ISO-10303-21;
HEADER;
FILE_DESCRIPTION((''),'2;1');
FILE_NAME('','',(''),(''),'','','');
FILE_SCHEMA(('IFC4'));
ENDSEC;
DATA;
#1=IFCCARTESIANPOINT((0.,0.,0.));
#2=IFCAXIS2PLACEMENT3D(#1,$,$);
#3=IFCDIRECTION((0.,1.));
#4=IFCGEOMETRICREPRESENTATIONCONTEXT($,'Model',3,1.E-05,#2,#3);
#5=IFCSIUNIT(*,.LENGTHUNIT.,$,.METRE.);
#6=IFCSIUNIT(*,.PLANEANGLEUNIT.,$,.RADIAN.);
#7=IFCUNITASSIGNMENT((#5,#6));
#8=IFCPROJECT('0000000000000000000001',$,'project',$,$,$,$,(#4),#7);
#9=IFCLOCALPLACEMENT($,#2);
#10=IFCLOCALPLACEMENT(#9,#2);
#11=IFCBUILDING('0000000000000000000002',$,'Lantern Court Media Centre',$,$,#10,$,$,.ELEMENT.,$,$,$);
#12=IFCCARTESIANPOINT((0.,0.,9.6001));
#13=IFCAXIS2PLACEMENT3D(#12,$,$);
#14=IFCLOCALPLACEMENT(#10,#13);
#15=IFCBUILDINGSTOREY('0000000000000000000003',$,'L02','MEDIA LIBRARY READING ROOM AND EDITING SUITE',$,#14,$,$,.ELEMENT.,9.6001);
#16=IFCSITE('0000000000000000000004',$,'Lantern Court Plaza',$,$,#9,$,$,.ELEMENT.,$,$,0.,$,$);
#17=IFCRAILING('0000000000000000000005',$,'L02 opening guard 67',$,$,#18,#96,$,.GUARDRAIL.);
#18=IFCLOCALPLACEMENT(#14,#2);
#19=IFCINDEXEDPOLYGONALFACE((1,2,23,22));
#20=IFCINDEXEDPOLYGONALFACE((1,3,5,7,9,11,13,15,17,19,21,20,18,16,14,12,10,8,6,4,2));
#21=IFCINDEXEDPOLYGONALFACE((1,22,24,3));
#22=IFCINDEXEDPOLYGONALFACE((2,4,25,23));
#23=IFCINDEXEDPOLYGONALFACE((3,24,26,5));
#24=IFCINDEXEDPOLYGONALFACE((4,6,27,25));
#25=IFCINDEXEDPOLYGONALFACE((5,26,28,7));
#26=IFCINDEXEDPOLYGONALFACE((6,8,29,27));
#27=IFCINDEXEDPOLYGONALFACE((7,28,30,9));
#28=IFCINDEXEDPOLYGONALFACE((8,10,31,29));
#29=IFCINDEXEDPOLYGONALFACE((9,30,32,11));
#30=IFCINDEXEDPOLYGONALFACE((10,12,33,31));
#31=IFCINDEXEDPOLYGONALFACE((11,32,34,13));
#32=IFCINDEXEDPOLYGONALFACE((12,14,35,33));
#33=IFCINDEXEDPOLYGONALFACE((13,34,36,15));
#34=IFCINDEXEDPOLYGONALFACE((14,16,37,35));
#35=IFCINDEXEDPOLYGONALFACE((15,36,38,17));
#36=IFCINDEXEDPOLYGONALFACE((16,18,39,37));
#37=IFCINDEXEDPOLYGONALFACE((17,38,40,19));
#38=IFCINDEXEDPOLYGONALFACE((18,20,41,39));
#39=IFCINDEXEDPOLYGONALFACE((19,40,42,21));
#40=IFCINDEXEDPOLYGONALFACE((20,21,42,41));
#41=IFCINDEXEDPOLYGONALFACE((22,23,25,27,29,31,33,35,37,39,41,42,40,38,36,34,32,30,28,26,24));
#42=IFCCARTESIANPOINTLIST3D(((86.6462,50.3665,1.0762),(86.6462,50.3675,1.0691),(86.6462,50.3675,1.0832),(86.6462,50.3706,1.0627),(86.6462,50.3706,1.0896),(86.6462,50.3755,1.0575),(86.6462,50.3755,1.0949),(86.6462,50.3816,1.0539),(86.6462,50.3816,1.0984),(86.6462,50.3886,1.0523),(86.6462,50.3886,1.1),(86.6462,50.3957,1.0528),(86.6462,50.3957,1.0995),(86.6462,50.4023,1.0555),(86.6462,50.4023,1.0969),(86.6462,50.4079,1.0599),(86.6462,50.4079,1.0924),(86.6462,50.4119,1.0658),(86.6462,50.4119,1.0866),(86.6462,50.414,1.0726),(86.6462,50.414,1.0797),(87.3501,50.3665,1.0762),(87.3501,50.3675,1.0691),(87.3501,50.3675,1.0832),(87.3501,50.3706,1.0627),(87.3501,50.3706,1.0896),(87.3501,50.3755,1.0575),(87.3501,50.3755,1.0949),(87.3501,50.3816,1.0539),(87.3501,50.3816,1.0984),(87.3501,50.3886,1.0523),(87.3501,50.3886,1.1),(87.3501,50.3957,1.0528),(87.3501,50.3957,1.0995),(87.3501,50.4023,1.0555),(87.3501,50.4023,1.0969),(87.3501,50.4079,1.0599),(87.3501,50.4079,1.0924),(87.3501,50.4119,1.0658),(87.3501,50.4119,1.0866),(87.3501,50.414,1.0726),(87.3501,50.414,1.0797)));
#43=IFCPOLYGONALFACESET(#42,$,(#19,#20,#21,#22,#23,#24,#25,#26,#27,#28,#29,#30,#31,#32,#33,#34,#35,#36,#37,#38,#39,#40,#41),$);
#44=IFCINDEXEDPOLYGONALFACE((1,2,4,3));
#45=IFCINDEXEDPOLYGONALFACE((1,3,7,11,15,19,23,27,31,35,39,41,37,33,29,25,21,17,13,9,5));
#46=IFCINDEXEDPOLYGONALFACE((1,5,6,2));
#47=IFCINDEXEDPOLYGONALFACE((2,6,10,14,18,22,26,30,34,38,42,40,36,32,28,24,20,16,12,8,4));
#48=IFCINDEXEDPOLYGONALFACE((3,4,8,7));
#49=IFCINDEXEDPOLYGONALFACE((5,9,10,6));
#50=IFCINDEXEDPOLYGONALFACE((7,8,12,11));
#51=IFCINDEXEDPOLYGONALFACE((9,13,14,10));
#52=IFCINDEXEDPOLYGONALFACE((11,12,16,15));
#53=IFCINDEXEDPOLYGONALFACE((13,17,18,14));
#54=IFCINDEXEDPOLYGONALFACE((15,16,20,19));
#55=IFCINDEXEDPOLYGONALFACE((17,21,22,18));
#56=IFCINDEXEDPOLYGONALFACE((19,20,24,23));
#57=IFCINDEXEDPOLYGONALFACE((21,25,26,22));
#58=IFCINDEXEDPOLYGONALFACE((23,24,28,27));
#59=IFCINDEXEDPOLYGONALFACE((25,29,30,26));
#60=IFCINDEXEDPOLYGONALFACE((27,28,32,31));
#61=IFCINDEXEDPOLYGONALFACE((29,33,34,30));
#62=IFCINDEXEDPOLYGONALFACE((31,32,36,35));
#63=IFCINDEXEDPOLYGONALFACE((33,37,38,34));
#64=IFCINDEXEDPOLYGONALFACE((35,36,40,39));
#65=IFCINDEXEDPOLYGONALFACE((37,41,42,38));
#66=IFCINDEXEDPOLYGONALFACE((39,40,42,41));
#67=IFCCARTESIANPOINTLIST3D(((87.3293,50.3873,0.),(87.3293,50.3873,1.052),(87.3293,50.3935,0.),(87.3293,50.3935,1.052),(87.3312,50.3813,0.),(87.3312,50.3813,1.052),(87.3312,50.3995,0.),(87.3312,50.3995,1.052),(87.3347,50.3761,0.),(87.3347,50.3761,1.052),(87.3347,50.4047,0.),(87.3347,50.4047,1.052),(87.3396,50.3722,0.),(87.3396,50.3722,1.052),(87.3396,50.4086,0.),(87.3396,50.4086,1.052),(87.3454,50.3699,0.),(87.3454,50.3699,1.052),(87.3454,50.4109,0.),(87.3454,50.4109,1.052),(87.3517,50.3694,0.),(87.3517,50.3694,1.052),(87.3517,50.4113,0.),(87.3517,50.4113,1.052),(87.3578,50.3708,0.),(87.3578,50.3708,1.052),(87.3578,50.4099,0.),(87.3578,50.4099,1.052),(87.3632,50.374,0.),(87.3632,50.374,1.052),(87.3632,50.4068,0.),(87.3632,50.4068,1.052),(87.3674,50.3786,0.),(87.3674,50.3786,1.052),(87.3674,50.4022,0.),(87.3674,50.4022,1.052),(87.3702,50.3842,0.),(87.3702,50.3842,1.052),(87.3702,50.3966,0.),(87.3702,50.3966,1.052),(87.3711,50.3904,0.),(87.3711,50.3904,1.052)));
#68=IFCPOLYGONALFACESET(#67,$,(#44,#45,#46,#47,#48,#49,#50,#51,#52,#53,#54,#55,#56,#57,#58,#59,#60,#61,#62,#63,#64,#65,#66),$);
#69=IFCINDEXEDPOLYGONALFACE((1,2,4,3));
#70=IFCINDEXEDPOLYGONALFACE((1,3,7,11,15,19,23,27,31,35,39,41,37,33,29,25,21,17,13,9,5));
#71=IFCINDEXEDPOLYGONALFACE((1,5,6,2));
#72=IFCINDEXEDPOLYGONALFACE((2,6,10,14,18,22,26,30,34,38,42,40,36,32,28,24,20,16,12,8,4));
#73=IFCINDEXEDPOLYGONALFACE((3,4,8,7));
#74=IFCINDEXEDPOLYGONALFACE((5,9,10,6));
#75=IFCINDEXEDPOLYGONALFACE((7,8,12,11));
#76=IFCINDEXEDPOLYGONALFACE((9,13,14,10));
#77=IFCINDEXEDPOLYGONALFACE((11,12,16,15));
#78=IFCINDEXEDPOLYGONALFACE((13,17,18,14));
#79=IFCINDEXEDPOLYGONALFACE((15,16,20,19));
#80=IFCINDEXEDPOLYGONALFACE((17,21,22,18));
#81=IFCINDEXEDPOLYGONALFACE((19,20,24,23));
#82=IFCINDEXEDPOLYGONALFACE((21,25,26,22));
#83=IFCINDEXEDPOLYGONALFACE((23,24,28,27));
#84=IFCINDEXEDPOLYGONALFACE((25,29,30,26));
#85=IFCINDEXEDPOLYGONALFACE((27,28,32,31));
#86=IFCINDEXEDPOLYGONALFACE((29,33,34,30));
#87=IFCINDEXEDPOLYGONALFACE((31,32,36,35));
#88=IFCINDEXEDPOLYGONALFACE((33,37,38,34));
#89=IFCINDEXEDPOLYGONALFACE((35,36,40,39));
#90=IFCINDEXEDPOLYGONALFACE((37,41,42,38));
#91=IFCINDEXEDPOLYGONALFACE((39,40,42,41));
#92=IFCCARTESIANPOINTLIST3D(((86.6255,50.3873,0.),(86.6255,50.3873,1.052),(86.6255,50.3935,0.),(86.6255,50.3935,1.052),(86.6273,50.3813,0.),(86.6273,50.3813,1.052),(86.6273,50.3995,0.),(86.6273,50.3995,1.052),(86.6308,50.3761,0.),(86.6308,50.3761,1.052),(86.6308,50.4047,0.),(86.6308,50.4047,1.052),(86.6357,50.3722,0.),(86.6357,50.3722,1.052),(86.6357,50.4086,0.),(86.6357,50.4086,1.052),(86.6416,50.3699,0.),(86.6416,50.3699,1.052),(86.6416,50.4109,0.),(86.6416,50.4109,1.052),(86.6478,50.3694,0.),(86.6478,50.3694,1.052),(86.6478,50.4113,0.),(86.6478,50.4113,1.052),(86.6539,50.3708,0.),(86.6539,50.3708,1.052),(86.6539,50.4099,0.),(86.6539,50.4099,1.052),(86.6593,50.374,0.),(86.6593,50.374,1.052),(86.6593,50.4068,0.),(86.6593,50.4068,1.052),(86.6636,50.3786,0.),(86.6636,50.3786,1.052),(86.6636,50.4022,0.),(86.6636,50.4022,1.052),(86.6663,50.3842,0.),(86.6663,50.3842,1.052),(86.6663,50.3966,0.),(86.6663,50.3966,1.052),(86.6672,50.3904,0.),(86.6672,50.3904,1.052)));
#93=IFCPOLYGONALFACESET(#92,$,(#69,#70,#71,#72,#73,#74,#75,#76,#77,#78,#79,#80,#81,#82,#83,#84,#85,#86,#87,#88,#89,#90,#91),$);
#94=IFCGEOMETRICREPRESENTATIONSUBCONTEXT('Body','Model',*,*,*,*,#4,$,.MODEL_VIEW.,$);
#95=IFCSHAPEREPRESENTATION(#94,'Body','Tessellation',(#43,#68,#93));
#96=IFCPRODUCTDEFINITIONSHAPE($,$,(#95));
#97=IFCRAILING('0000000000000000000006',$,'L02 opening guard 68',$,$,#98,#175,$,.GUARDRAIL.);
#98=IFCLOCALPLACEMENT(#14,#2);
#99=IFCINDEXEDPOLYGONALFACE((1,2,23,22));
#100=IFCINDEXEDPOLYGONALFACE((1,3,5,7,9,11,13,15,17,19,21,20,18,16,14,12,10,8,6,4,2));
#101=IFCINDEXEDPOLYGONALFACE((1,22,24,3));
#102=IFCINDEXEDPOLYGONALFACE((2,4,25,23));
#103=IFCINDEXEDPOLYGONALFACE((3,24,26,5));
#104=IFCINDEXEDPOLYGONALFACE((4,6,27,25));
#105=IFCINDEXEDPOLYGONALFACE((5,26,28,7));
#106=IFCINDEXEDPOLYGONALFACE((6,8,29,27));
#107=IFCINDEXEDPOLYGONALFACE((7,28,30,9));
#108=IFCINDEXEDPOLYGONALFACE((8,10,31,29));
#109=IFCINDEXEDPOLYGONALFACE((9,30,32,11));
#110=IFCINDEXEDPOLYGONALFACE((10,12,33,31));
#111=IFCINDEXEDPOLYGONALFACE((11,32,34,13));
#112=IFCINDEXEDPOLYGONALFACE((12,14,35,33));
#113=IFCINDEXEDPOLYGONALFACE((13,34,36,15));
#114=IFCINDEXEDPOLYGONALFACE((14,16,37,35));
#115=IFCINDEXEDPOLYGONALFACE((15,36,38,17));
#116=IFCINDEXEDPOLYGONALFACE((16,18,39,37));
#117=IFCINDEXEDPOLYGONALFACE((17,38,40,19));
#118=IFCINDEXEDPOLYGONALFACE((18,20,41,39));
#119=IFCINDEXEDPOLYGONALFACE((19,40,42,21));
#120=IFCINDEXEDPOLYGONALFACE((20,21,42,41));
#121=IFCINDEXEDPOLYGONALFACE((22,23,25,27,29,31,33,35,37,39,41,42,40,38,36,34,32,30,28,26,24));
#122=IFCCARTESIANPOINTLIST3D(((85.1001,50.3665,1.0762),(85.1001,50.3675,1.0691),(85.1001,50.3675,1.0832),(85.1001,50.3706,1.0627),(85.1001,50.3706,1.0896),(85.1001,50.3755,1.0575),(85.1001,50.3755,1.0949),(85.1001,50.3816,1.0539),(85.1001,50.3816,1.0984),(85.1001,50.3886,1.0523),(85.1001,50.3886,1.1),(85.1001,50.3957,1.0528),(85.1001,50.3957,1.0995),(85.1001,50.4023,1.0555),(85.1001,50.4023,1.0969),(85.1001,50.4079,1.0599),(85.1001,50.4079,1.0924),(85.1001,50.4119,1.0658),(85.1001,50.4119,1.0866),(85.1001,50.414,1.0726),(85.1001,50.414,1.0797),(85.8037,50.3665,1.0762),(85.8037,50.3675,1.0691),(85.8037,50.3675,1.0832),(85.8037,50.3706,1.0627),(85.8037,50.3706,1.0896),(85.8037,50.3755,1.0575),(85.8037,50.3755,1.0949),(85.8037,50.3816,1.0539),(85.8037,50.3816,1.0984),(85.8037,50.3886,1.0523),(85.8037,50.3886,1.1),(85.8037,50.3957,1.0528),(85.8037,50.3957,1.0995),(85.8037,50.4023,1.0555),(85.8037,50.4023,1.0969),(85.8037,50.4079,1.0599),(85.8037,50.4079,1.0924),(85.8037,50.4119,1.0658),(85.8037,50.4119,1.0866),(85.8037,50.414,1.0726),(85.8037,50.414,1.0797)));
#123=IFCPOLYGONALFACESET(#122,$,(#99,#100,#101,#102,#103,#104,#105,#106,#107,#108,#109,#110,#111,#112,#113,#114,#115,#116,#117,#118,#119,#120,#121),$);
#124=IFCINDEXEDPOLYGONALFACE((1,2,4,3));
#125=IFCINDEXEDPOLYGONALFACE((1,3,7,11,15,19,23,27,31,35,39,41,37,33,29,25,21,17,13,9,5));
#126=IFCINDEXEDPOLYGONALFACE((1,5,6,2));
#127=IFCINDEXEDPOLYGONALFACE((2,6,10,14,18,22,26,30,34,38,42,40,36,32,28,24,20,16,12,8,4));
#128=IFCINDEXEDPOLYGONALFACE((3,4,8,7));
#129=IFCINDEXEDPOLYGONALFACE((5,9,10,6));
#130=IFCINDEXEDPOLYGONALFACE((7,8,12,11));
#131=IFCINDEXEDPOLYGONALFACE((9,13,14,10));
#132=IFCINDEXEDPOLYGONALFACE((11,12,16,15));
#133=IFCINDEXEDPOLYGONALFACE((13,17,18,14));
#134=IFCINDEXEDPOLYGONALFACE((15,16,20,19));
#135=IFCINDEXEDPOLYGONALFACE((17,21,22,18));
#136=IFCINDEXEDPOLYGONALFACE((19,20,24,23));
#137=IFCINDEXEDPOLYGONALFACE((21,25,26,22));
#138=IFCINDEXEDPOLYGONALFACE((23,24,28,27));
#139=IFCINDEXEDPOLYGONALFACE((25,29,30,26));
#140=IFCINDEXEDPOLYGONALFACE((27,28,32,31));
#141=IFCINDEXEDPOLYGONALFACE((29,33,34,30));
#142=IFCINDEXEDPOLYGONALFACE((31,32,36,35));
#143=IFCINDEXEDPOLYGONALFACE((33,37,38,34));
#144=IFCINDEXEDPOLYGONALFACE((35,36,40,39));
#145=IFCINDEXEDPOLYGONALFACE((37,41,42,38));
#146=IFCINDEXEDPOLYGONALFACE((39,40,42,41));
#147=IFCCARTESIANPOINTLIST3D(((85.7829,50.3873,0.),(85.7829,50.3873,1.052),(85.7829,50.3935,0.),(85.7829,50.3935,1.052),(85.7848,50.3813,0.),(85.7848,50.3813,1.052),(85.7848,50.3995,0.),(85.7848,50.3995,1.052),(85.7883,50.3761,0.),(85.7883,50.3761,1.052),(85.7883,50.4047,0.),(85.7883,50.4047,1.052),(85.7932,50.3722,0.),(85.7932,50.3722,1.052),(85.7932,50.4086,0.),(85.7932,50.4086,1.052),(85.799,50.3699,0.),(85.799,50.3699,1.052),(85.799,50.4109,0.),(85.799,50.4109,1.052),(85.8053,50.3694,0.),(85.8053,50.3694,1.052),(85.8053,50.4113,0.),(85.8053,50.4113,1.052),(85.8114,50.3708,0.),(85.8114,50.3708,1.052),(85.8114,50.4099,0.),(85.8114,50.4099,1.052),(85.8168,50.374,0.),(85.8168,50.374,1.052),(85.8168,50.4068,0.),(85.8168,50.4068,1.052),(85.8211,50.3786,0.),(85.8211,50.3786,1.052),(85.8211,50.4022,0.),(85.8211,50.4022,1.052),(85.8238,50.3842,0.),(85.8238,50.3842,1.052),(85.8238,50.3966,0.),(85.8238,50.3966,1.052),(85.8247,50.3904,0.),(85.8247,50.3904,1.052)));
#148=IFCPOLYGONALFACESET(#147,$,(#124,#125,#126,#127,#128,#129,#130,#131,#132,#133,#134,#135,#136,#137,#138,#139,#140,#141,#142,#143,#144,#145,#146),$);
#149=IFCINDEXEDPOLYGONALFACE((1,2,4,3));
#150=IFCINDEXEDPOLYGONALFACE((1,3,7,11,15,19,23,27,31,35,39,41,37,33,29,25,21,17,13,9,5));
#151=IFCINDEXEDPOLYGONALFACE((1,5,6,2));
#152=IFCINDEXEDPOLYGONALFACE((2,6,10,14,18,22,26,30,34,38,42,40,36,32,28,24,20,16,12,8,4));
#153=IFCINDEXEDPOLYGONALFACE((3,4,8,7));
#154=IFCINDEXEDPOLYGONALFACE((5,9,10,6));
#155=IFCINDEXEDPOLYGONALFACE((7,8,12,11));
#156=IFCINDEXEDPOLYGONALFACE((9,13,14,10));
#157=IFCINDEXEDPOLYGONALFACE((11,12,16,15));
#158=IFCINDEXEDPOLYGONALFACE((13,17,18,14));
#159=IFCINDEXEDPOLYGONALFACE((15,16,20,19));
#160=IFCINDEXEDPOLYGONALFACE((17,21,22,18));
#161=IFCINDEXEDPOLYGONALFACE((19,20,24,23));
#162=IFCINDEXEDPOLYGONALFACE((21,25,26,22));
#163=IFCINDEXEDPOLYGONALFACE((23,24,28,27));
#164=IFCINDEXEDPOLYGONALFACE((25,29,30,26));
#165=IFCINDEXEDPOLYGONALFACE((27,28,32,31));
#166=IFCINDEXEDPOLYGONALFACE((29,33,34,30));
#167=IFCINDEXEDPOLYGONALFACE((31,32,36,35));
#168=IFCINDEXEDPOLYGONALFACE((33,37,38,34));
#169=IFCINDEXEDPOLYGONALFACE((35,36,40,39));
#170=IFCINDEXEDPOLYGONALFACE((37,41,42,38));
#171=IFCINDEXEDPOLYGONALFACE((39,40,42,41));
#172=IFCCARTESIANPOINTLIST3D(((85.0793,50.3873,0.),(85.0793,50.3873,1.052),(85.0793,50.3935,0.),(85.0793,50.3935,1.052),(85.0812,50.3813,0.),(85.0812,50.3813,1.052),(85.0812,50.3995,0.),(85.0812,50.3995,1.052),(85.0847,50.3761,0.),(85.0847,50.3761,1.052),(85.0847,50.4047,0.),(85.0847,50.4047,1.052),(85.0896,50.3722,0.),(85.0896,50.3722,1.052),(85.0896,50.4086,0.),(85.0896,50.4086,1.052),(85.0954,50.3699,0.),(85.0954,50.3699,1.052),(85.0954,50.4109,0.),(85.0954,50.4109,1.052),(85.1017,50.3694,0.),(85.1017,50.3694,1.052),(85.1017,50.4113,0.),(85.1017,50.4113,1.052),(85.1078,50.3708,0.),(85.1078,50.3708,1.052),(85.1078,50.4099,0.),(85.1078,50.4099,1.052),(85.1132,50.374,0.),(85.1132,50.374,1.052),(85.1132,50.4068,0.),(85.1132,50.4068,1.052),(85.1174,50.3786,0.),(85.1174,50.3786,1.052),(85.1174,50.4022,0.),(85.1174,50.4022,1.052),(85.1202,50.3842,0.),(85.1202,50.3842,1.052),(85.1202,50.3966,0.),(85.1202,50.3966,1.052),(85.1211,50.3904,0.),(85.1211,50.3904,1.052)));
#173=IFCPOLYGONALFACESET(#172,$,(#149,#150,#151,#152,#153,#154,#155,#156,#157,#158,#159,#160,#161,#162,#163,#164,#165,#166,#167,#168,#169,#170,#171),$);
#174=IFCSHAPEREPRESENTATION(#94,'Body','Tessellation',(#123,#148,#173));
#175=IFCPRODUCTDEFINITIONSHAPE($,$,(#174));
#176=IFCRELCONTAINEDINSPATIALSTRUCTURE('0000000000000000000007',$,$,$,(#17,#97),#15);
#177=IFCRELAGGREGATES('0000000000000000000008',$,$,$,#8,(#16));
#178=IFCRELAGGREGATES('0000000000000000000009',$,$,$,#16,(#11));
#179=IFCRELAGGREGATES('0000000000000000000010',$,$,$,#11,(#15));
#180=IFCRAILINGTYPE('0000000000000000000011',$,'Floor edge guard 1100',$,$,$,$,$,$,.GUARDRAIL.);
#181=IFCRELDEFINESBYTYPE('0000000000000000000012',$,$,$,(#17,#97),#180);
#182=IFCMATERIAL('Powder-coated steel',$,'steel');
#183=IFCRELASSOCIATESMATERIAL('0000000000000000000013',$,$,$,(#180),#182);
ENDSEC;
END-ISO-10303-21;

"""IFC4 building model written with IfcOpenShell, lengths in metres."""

from ifc_helpers import new_model, si_unit, direction, frame, origin, origin_2d, place, context, subcontext, project, spatial, circle, extrude, material, type_object, element, save


model = new_model("IFC4")

# Units and contexts
model_context = context("Model", 3, precision=1e-05, world=origin(), true_north=direction((0.0, 1.0)))
body_context = subcontext(model_context, "Body", "Model", "MODEL_VIEW")
ifc_project = project(units=[si_unit("LENGTHUNIT", "METRE"), si_unit("PLANEANGLEUNIT", "RADIAN")], contexts=[model_context])

# Site, building, storey
site_placement = place(None, origin())
site = spatial("IfcSite", under=ifc_project, at=site_placement, Name="Lantern Court Plaza", CompositionType="ELEMENT", RefElevation=0.0)
building_placement = place(site_placement, origin())
building = spatial("IfcBuilding", under=site, at=building_placement, Name="Lantern Court Media Centre", CompositionType="ELEMENT")
storey_placement = place(building_placement, frame((0.0, 0.0, 9.6001)))
storey = spatial("IfcBuildingStorey", under=building, at=storey_placement, Name="L02", Description="MEDIA LIBRARY READING ROOM AND EDITING SUITE", CompositionType="ELEMENT", Elevation=9.6001)

# Railings
ifc_material_1 = material(Name="Powder-coated steel", Category="steel")
railing_type_1 = type_object("IfcRailingType", Name="Floor edge guard 1100", PredefinedType="GUARDRAIL", material=ifc_material_1)
railing_1_placement = place(storey_placement, frame((87.3501, 50.3904, 0.0)))
element("IfcRailing", 1, at=railing_1_placement, inside=storey, type_object=railing_type_1, Name="L02 opening guard 67", PredefinedType="GUARDRAIL", context=body_context, shape_type="SweptSolid", body=[
    extrude(circle(Radius=0.0239, at=origin_2d()), frame((0.0, 0.0, 1.0762), z_axis=(-1.0, 0.0, 0.0), x_axis=(0.0, -1.0, 0.0)), (0.0, 0.0, 1.0), 0.7039),
    extrude(circle(Radius=0.021, at=origin_2d()), origin(), (0.0, 0.0, 1.0), 1.052),
    extrude(circle(Radius=0.021, at=origin_2d()), frame((-0.7039, 0.0, 0.0)), (0.0, 0.0, 1.0), 1.052),
])
railing_2_placement = place(storey_placement, frame((85.8037, 50.3904, 0.0)))
element("IfcRailing", 2, at=railing_2_placement, inside=storey, type_object=railing_type_1, Name="L02 opening guard 68", PredefinedType="GUARDRAIL", context=body_context, shape_type="SweptSolid", body=[
    extrude(circle(Radius=0.0239, at=origin_2d()), frame((0.0, 0.0, 1.0762), z_axis=(-1.0, 0.0, 0.0), x_axis=(0.0, -1.0, 0.0)), (0.0, 0.0, 1.0), 0.7036),
    extrude(circle(Radius=0.021, at=origin_2d()), origin(), (0.0, 0.0, 1.0), 1.052),
    extrude(circle(Radius=0.021, at=origin_2d()), frame((-0.7036, 0.0, 0.0)), (0.0, 0.0, 1.0), 1.052),
])

save(model, "model.ifc")
